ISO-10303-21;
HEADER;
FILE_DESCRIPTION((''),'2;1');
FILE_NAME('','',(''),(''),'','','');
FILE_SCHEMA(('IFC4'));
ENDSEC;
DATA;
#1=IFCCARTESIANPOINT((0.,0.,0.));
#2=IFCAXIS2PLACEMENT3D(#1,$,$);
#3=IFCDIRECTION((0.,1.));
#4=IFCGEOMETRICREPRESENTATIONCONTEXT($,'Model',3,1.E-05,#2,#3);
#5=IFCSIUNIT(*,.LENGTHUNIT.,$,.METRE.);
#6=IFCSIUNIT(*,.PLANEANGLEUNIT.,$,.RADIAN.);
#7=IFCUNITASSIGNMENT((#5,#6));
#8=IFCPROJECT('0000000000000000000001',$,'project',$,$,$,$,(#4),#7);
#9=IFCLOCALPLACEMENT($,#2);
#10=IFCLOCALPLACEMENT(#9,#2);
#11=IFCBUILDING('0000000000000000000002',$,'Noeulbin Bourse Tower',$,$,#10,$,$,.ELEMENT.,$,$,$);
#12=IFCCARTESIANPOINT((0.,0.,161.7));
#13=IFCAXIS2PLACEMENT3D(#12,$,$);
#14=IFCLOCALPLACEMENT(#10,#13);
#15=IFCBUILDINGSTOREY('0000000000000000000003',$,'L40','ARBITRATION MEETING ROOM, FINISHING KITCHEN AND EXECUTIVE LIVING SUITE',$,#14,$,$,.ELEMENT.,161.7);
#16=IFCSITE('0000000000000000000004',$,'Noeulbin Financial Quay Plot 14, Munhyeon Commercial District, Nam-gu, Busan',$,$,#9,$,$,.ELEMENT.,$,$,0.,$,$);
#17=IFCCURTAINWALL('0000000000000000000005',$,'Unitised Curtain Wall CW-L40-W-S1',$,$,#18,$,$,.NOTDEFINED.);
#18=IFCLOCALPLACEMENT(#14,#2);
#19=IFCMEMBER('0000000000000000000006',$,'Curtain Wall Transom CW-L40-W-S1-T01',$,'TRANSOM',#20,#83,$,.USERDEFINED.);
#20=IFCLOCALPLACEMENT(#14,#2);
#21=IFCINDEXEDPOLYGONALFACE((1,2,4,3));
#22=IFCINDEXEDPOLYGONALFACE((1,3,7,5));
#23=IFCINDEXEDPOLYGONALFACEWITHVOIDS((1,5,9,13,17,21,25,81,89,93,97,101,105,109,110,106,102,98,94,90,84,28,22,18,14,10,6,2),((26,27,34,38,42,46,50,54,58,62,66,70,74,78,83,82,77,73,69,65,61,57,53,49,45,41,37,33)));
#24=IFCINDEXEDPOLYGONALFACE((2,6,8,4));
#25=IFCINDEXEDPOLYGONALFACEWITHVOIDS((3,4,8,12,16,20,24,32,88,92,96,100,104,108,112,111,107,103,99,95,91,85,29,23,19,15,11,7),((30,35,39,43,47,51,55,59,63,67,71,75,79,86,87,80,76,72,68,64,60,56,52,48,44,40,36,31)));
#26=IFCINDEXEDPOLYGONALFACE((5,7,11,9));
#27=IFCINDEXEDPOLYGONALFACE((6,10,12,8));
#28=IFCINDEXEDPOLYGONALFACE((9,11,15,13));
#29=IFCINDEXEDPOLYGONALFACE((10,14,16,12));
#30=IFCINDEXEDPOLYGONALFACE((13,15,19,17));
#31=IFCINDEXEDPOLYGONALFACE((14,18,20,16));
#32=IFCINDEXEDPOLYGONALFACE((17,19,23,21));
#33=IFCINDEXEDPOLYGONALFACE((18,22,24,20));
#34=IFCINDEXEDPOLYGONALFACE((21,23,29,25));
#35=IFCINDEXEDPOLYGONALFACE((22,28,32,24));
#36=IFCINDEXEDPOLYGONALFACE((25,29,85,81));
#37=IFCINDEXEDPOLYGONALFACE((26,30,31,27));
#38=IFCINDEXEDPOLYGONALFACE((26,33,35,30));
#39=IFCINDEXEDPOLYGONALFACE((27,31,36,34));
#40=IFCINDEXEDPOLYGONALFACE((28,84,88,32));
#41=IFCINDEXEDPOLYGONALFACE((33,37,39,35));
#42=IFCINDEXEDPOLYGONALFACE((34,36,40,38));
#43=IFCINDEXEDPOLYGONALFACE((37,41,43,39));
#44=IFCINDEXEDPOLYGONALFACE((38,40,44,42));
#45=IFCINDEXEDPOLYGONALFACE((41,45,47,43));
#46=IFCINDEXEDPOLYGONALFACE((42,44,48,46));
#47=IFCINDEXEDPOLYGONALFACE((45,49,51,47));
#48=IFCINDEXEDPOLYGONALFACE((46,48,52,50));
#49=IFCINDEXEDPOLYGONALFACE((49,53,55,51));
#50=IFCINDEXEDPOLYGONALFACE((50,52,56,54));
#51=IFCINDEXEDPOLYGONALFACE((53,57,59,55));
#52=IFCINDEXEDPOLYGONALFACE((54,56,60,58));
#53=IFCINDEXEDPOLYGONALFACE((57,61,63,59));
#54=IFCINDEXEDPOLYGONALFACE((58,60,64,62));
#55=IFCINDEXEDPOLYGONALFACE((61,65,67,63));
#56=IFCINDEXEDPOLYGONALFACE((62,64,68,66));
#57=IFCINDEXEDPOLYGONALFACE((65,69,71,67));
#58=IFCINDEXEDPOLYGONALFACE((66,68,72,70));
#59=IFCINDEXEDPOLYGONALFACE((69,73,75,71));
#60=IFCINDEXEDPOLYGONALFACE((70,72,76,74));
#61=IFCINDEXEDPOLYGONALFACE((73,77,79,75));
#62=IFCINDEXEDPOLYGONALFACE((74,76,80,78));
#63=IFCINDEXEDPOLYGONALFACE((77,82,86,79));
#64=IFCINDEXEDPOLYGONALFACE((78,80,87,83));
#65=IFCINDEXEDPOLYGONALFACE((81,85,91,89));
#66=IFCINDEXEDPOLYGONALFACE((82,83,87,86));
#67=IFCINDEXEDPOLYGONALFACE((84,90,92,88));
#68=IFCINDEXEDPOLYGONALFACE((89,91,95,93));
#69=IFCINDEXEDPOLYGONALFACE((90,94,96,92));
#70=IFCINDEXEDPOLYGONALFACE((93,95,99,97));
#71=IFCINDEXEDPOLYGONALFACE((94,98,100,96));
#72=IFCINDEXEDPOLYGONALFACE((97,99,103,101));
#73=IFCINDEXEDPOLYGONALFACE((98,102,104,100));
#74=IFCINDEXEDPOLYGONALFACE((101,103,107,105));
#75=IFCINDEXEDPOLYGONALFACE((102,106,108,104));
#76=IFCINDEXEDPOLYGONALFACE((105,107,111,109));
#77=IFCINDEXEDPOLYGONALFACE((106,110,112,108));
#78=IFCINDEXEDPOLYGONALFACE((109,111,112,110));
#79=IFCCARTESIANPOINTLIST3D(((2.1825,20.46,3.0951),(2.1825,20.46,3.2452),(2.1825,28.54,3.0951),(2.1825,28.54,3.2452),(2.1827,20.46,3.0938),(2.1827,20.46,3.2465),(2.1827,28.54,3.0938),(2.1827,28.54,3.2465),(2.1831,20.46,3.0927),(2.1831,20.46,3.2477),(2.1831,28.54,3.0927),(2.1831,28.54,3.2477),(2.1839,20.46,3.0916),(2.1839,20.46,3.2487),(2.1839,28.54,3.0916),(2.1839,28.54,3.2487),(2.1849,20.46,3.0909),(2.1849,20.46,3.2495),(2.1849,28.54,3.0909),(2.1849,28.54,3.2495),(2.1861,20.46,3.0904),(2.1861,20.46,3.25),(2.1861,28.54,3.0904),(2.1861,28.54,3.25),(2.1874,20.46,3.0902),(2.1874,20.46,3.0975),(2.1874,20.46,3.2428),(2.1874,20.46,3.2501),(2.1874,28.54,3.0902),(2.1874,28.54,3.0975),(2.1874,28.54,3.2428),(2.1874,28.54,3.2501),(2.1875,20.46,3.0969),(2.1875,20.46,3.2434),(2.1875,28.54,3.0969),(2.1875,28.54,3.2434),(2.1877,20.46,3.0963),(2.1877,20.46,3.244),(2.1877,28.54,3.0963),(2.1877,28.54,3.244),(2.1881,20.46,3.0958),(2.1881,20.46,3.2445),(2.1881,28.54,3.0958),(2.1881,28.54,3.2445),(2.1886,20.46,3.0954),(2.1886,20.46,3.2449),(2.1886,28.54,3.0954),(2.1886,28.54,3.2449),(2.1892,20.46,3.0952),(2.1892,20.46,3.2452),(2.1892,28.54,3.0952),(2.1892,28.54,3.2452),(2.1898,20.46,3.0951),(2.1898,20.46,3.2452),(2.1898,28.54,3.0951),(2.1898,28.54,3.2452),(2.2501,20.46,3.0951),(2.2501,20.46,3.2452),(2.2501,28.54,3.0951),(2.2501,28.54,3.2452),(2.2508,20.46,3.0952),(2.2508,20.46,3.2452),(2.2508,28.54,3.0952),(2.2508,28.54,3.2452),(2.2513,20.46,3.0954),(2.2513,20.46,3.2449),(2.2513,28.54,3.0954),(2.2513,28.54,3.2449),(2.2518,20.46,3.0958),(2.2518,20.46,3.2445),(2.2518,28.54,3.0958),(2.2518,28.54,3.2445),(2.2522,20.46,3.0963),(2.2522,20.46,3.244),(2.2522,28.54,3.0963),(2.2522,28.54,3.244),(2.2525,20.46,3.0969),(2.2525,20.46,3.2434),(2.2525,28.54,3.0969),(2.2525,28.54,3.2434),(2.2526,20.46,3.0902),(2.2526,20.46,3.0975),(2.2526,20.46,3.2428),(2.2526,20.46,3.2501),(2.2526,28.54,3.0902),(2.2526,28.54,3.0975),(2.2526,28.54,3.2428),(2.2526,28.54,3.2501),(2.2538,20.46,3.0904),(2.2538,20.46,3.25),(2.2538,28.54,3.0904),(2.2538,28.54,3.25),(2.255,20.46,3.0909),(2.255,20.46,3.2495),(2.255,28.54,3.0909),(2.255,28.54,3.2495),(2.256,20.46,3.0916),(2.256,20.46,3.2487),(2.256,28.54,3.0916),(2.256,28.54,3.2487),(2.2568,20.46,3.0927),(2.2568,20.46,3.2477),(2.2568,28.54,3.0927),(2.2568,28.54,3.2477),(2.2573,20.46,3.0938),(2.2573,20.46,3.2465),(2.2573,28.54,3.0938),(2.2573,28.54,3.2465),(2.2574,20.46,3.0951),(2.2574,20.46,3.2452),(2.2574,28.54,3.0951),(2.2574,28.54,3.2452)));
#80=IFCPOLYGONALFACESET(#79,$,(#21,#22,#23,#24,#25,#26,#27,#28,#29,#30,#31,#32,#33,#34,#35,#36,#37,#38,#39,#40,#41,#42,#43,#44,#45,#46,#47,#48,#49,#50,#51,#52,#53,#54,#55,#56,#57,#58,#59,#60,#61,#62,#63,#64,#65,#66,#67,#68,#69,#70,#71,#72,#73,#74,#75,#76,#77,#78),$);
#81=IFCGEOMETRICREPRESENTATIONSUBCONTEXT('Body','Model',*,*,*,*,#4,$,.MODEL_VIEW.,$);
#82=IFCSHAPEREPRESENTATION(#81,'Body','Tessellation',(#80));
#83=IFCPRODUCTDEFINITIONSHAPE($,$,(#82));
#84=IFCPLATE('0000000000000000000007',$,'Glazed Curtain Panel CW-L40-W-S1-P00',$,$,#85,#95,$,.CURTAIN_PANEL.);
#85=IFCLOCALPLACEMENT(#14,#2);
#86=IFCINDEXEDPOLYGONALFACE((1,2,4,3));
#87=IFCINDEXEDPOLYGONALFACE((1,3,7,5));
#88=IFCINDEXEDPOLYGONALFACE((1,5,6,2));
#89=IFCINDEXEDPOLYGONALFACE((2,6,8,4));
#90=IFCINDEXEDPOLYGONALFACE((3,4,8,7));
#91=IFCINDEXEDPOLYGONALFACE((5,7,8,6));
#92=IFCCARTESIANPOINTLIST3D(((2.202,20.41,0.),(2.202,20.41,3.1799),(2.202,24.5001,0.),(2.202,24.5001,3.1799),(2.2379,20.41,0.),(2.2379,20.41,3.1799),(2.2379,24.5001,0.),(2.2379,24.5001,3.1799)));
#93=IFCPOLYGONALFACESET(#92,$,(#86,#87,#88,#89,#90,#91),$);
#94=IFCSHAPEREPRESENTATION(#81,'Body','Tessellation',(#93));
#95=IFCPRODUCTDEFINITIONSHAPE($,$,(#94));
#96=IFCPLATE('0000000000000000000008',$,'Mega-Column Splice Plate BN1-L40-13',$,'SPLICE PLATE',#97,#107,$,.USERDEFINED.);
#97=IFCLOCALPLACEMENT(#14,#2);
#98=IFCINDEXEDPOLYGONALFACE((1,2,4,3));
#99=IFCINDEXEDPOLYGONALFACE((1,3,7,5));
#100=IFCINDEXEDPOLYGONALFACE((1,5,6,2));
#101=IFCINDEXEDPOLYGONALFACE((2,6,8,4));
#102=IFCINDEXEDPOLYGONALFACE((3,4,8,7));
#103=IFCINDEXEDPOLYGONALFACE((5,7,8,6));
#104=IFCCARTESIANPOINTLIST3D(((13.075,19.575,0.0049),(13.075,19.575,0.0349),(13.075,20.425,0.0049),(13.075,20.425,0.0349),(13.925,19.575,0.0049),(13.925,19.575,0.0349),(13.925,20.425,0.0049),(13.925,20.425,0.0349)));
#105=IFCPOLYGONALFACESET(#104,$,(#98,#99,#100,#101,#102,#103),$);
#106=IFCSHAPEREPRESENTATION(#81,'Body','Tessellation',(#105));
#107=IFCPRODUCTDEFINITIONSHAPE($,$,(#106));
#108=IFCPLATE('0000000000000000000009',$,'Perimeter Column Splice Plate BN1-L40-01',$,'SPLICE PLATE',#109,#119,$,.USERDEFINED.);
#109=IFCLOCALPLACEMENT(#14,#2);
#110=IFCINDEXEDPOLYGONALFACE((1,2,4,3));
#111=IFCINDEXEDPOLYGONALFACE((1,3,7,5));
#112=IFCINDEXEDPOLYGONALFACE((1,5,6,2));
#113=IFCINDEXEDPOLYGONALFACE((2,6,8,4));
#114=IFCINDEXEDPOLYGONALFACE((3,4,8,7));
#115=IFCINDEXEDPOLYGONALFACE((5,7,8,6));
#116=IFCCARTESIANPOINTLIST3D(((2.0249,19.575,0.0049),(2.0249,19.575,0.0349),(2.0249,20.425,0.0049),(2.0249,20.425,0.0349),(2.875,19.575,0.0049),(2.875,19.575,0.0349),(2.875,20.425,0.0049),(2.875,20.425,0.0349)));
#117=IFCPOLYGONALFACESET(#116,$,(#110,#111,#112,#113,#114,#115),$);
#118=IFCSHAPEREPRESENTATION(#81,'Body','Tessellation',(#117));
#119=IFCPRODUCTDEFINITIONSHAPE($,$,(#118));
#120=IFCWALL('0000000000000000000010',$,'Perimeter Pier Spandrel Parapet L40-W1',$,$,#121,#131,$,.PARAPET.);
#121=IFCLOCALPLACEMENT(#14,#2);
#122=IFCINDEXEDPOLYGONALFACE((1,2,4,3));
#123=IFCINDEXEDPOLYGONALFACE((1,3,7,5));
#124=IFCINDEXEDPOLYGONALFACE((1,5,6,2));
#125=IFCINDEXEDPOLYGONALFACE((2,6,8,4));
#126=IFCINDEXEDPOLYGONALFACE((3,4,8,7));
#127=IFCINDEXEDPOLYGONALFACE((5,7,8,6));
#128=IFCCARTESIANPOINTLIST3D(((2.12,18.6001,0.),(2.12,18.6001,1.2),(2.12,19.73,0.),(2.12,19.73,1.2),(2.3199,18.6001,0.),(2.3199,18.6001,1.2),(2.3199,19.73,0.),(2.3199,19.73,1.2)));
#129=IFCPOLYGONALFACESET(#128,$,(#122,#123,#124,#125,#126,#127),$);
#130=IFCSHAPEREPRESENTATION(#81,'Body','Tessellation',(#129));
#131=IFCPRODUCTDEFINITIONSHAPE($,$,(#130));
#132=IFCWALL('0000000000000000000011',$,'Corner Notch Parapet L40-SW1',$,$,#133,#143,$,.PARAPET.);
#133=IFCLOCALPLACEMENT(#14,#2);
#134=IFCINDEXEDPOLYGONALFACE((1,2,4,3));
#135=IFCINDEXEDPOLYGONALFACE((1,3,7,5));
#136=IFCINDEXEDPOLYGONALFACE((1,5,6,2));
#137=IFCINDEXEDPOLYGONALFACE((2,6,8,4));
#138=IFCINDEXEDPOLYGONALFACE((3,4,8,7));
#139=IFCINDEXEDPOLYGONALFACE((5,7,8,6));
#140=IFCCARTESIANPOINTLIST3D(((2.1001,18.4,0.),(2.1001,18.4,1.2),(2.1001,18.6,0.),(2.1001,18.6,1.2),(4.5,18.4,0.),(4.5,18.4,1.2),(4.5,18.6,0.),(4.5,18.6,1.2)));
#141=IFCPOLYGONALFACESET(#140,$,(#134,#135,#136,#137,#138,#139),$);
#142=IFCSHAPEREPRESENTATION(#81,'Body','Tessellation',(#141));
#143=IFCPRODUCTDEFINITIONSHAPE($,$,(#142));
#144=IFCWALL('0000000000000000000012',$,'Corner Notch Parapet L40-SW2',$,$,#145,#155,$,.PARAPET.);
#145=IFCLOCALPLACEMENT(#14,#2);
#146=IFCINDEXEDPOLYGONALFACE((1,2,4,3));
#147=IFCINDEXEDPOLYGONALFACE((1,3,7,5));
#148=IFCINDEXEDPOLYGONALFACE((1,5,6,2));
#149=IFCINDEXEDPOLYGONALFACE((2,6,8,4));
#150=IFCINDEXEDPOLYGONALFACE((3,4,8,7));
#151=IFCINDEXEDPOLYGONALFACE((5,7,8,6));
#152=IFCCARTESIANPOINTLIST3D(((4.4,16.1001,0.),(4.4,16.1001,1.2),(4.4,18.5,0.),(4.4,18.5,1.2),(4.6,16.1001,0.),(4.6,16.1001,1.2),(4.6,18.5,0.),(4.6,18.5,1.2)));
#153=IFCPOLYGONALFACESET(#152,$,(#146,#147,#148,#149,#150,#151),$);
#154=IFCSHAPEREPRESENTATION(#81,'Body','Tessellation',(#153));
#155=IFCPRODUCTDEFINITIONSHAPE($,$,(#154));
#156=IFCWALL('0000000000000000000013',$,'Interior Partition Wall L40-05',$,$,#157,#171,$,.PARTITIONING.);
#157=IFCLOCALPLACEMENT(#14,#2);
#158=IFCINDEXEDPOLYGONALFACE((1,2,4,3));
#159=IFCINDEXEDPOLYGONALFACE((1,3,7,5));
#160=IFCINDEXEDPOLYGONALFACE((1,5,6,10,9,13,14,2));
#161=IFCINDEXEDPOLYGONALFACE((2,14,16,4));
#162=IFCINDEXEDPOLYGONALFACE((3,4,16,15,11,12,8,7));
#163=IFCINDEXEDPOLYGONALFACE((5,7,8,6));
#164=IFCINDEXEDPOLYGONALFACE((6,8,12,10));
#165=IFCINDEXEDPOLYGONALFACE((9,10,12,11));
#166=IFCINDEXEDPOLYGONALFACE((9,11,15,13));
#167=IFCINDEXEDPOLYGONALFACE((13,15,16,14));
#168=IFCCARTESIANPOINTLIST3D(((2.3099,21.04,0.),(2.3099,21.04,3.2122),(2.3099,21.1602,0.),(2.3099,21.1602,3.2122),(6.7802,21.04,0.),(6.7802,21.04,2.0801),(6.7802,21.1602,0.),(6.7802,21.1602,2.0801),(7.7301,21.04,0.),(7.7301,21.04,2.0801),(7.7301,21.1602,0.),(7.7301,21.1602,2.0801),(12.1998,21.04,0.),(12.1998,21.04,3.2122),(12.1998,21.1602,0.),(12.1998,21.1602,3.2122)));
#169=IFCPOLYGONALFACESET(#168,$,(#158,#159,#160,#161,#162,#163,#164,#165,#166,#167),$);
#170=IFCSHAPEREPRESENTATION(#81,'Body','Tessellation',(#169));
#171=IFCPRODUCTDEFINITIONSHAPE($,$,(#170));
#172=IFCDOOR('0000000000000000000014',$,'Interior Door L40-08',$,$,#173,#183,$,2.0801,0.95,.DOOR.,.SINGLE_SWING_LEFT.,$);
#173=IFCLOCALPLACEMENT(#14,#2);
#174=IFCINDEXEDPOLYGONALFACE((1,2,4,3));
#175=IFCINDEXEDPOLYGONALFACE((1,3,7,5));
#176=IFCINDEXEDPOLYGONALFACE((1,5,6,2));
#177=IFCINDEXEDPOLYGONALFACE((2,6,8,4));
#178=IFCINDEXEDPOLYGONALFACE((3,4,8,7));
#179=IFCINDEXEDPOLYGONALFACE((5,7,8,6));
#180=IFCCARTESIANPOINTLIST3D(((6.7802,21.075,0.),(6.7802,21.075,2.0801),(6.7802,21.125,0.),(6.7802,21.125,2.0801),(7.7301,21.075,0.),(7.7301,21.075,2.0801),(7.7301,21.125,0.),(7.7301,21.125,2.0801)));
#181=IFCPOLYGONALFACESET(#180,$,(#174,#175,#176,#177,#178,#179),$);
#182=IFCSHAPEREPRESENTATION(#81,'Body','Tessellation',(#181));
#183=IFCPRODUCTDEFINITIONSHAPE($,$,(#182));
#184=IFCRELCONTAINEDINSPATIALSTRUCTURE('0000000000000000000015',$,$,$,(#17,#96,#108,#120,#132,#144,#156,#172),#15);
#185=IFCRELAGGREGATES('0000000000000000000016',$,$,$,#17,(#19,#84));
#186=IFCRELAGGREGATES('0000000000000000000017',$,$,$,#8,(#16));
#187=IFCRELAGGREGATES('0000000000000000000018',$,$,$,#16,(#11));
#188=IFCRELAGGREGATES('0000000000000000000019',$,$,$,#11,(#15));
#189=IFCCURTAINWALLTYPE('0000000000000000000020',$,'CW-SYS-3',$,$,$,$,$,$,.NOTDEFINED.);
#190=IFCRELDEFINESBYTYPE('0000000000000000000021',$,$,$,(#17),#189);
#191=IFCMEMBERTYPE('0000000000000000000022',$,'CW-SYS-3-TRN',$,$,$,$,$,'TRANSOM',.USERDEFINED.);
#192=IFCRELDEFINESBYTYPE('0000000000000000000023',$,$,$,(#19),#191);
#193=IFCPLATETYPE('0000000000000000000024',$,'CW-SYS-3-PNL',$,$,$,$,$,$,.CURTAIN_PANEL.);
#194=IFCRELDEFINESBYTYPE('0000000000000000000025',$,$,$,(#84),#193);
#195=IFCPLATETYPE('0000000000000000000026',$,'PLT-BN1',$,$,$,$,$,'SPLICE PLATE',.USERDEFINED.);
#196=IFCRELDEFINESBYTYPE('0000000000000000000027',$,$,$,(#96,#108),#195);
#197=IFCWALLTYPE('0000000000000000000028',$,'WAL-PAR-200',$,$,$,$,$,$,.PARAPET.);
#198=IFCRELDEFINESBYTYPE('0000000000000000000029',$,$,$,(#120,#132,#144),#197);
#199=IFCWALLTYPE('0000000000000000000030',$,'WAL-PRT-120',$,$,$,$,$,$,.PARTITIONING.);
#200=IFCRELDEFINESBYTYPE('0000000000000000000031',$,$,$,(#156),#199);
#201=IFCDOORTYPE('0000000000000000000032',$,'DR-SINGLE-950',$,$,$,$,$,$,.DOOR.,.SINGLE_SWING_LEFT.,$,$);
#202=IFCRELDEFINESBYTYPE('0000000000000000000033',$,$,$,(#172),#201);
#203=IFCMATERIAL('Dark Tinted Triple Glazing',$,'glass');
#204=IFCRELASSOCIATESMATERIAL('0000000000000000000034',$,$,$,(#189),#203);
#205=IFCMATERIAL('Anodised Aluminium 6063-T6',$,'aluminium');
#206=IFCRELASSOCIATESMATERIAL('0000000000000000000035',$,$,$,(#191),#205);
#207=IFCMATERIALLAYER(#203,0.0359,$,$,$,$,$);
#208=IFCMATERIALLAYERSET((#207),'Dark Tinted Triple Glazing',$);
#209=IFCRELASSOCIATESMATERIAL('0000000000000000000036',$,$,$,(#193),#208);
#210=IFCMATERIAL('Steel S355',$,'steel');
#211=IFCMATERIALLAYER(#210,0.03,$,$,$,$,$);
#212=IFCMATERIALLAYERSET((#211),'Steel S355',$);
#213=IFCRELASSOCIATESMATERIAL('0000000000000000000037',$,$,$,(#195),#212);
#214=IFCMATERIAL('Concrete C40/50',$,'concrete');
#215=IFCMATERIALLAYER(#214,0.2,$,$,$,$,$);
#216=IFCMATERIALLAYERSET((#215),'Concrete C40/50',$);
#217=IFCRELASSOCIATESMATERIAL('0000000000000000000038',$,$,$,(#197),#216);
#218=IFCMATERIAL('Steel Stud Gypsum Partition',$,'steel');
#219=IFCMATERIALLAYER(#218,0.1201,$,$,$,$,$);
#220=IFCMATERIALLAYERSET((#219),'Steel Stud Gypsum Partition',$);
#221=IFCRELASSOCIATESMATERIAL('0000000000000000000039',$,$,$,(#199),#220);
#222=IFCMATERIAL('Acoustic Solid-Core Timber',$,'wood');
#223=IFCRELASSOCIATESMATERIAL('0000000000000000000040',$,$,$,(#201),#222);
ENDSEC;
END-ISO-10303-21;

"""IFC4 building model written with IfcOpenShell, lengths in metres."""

from ifc_helpers import new_model, si_unit, direction, frame, frame_2d, origin, origin_2d, place, context, subcontext, project, spatial, rectangle, hollow_rectangle, extrude, material, layer, layer_set, material_profile, profile_set, type_object, element, fill, aggregate, save


model = new_model("IFC4")

# Units and contexts
model_context = context("Model", 3, precision=1e-05, world=origin(), true_north=direction((0.0, 1.0)))
body_context = subcontext(model_context, "Body", "Model", "MODEL_VIEW")
ifc_project = project(units=[si_unit("LENGTHUNIT", "METRE"), si_unit("PLANEANGLEUNIT", "RADIAN")], contexts=[model_context])

# Site, building, storey
site_placement = place(None, origin())
site = spatial("IfcSite", under=ifc_project, at=site_placement, Name="Noeulbin Financial Quay Plot 14, Munhyeon Commercial District, Nam-gu, Busan", CompositionType="ELEMENT", RefElevation=0.0)
building_placement = place(site_placement, origin())
building = spatial("IfcBuilding", under=site, at=building_placement, Name="Noeulbin Bourse Tower", CompositionType="ELEMENT")
storey_placement = place(building_placement, frame((0.0, 0.0, 161.7)))
storey = spatial("IfcBuildingStorey", under=building, at=storey_placement, Name="L40", Description="ARBITRATION MEETING ROOM, FINISHING KITCHEN AND EXECUTIVE LIVING SUITE", CompositionType="ELEMENT", Elevation=161.7)

# Shared definitions
ifc_material_1 = material(Name="Steel S355", Category="steel")

# Curtain wall, member, plate
ifc_material_2 = material(Name="Dark Tinted Triple Glazing", Category="glass")
curtain_wall_type = type_object("IfcCurtainWallType", Name="CW-SYS-3", PredefinedType="NOTDEFINED", material=ifc_material_2)
curtain_wall_placement = place(storey_placement, origin())
curtain_wall = element("IfcCurtainWall", 1, at=curtain_wall_placement, inside=storey, type_object=curtain_wall_type, Name="Unitised Curtain Wall CW-L40-W-S1", PredefinedType="NOTDEFINED")
ifc_material_3 = material(Name="Anodised Aluminium 6063-T6", Category="aluminium")
ifc_material_profile_1 = material_profile(ifc_material_3, hollow_rectangle(XDim=0.075, YDim=0.1599, WallThickness=0.0049, InnerFilletRadius=0.0024, OuterFilletRadius=0.0049, at=origin_2d()), Name="ALU-TRAN-75x160x5", Category="LoadBearing")
ifc_profile_set_1 = profile_set([ifc_material_profile_1], Name="Anodised Aluminium 6063-T6")
member_type_1 = type_object("IfcMemberType", Name="CW-SYS-3-TRN", ElementType="TRANSOM", PredefinedType="USERDEFINED", material=ifc_profile_set_1)
member_1_placement = place(storey_placement, frame((2.22, 20.46, 3.1702), z_axis=(0.0, 1.0, 0.0), x_axis=(-1.0, 0.0, 0.0)))
member_1 = element("IfcMember", 2, at=member_1_placement, type_object=member_type_1, Name="Curtain Wall Transom CW-L40-W-S1-T01", ObjectType="TRANSOM", PredefinedType="USERDEFINED", context=body_context, shape_type="SweptSolid", body=[
    extrude(hollow_rectangle(XDim=0.075, YDim=0.1599, WallThickness=0.0049, InnerFilletRadius=0.0024, OuterFilletRadius=0.0049, at=origin_2d()), origin(), (0.0, 0.0, 1.0), 8.0801),
])
ifc_layer_1 = layer(ifc_material_2, 0.0359)
ifc_layer_set_1 = layer_set([ifc_layer_1], Name="Dark Tinted Triple Glazing")
plate_type_1 = type_object("IfcPlateType", Name="CW-SYS-3-PNL", PredefinedType="CURTAIN_PANEL", material=ifc_layer_set_1)
plate_placement = place(storey_placement, frame((2.22, 22.4551, 0.0), z_axis=(0.0, 0.0, 1.0), x_axis=(0.0, 1.0, 0.0)))
plate = element("IfcPlate", 3, at=plate_placement, type_object=plate_type_1, Name="Glazed Curtain Panel CW-L40-W-S1-P00", PredefinedType="CURTAIN_PANEL", context=body_context, shape_type="SweptSolid", body=[
    extrude(rectangle(XDim=4.0901, YDim=0.0359, at=origin_2d()), origin(), (0.0, 0.0, 1.0), 3.1799),
])
aggregate(curtain_wall, [member_1, plate])

# Plates
ifc_layer_2 = layer(ifc_material_1, 0.03)
ifc_layer_set_2 = layer_set([ifc_layer_2], Name="Steel S355")
plate_type_2 = type_object("IfcPlateType", Name="PLT-BN1", ElementType="SPLICE PLATE", PredefinedType="USERDEFINED", material=ifc_layer_set_2)
for number, where, z_axis, x_axis, name in (
    (4, (13.5, 20.0, 0.0049), (0.0, 0.0, 1.0), (1.0, 0.0, 0.0), "Mega-Column Splice Plate BN1-L40-13"),
    (5, (2.45, 20.0, 0.0049), (0.0, 0.0, 1.0), (1.0, 0.0, 0.0), "Perimeter Column Splice Plate BN1-L40-01"),
):
    element("IfcPlate", number, at=place(storey_placement, frame(where, z_axis=z_axis, x_axis=x_axis)), inside=storey, type_object=plate_type_2, Name=name, ObjectType="SPLICE PLATE", PredefinedType="USERDEFINED", context=body_context, shape_type="SweptSolid", body=[
        extrude(rectangle(XDim=0.8501, YDim=0.8501, at=origin_2d()), origin(), (0.0, 0.0, 1.0), 0.03),
    ])

# Walls
ifc_material_4 = material(Name="Concrete C40/50", Category="concrete")
ifc_layer_3 = layer(ifc_material_4, 0.2)
ifc_layer_set_3 = layer_set([ifc_layer_3], Name="Concrete C40/50")
wall_type_1 = type_object("IfcWallType", Name="WAL-PAR-200", PredefinedType="PARAPET", material=ifc_layer_set_3)
wall_1_placement = place(storey_placement, frame((2.22, 18.6001, 0.0), z_axis=(0.0, 0.0, 1.0), x_axis=(0.0, 1.0, 0.0)))
element("IfcWall", 6, at=wall_1_placement, inside=storey, type_object=wall_type_1, Name="Perimeter Pier Spandrel Parapet L40-W1", PredefinedType="PARAPET", context=body_context, shape_type="SweptSolid", body=[
    extrude(rectangle(XDim=1.1299, YDim=0.2, at=frame_2d((0.5649, 0.0))), origin(), (0.0, 0.0, 1.0), 1.2),
])
for number, where, z_axis, x_axis, name in (
    (7, (2.1001, 18.5, 0.0), (0.0, 0.0, 1.0), (1.0, 0.0, 0.0), "Corner Notch Parapet L40-SW1"),
    (8, (4.5, 18.5, 0.0), (0.0, 0.0, 1.0), (0.0, -1.0, 0.0), "Corner Notch Parapet L40-SW2"),
):
    element("IfcWall", number, at=place(storey_placement, frame(where, z_axis=z_axis, x_axis=x_axis)), inside=storey, type_object=wall_type_1, Name=name, PredefinedType="PARAPET", context=body_context, shape_type="SweptSolid", body=[
        extrude(rectangle(XDim=2.3999, YDim=0.2, at=frame_2d((1.2, 0.0))), origin(), (0.0, 0.0, 1.0), 1.2),
    ])

# Wall, opening, door
ifc_material_5 = material(Name="Steel Stud Gypsum Partition", Category="steel")
ifc_layer_4 = layer(ifc_material_5, 0.1201)
ifc_layer_set_4 = layer_set([ifc_layer_4], Name="Steel Stud Gypsum Partition")
wall_type_2 = type_object("IfcWallType", Name="WAL-PRT-120", PredefinedType="PARTITIONING", material=ifc_layer_set_4)
wall_2_placement = place(storey_placement, frame((2.3101, 21.1001, 0.0), z_axis=(0.0, 0.0, 1.0), x_axis=(1.0, 0.0, 0.0)))
wall_2 = element("IfcWall", 9, at=wall_2_placement, inside=storey, type_object=wall_type_2, Name="Interior Partition Wall L40-05", PredefinedType="PARTITIONING", context=body_context, shape_type="SweptSolid", body=[
    extrude(rectangle(XDim=9.8899, YDim=0.1201, at=frame_2d((4.9448, 0.0))), origin(), (0.0, 0.0, 1.0), 3.2122),
])
opening_placement = place(wall_2_placement, frame((4.47, 0.0, 0.0)))
opening = element("IfcOpeningElement", 10, at=opening_placement, cuts=wall_2, PredefinedType="OPENING", context=body_context, shape_type="SweptSolid", body=[
    extrude(rectangle(XDim=0.95, YDim=2.0801, at=frame_2d((0.4751, 1.04))), frame((0.0, 0.0701, 0.0), z_axis=(0.0, -1.0, 0.0), x_axis=(1.0, 0.0, 0.0)), (0.0, 0.0, 1.0), 0.1401),
])
ifc_material_6 = material(Name="Acoustic Solid-Core Timber", Category="wood")
door_type = type_object("IfcDoorType", Name="DR-SINGLE-950", OperationType="SINGLE_SWING_LEFT", PredefinedType="DOOR", material=ifc_material_6)
door_placement = place(opening_placement, origin())
door = element("IfcDoor", 11, at=door_placement, inside=storey, type_object=door_type, Name="Interior Door L40-08", OperationType="SINGLE_SWING_LEFT", OverallHeight=2.0801, OverallWidth=0.95, PredefinedType="DOOR", context=body_context, shape_type="SweptSolid", body=[
    extrude(rectangle(XDim=0.95, YDim=2.0801, at=frame_2d((0.4751, 1.04))), frame((0.0, 0.0249, 0.0), z_axis=(0.0, -1.0, 0.0), x_axis=(1.0, 0.0, 0.0)), (0.0, 0.0, 1.0), 0.05),
])
fill(opening, door)

save(model, "model.ifc")
